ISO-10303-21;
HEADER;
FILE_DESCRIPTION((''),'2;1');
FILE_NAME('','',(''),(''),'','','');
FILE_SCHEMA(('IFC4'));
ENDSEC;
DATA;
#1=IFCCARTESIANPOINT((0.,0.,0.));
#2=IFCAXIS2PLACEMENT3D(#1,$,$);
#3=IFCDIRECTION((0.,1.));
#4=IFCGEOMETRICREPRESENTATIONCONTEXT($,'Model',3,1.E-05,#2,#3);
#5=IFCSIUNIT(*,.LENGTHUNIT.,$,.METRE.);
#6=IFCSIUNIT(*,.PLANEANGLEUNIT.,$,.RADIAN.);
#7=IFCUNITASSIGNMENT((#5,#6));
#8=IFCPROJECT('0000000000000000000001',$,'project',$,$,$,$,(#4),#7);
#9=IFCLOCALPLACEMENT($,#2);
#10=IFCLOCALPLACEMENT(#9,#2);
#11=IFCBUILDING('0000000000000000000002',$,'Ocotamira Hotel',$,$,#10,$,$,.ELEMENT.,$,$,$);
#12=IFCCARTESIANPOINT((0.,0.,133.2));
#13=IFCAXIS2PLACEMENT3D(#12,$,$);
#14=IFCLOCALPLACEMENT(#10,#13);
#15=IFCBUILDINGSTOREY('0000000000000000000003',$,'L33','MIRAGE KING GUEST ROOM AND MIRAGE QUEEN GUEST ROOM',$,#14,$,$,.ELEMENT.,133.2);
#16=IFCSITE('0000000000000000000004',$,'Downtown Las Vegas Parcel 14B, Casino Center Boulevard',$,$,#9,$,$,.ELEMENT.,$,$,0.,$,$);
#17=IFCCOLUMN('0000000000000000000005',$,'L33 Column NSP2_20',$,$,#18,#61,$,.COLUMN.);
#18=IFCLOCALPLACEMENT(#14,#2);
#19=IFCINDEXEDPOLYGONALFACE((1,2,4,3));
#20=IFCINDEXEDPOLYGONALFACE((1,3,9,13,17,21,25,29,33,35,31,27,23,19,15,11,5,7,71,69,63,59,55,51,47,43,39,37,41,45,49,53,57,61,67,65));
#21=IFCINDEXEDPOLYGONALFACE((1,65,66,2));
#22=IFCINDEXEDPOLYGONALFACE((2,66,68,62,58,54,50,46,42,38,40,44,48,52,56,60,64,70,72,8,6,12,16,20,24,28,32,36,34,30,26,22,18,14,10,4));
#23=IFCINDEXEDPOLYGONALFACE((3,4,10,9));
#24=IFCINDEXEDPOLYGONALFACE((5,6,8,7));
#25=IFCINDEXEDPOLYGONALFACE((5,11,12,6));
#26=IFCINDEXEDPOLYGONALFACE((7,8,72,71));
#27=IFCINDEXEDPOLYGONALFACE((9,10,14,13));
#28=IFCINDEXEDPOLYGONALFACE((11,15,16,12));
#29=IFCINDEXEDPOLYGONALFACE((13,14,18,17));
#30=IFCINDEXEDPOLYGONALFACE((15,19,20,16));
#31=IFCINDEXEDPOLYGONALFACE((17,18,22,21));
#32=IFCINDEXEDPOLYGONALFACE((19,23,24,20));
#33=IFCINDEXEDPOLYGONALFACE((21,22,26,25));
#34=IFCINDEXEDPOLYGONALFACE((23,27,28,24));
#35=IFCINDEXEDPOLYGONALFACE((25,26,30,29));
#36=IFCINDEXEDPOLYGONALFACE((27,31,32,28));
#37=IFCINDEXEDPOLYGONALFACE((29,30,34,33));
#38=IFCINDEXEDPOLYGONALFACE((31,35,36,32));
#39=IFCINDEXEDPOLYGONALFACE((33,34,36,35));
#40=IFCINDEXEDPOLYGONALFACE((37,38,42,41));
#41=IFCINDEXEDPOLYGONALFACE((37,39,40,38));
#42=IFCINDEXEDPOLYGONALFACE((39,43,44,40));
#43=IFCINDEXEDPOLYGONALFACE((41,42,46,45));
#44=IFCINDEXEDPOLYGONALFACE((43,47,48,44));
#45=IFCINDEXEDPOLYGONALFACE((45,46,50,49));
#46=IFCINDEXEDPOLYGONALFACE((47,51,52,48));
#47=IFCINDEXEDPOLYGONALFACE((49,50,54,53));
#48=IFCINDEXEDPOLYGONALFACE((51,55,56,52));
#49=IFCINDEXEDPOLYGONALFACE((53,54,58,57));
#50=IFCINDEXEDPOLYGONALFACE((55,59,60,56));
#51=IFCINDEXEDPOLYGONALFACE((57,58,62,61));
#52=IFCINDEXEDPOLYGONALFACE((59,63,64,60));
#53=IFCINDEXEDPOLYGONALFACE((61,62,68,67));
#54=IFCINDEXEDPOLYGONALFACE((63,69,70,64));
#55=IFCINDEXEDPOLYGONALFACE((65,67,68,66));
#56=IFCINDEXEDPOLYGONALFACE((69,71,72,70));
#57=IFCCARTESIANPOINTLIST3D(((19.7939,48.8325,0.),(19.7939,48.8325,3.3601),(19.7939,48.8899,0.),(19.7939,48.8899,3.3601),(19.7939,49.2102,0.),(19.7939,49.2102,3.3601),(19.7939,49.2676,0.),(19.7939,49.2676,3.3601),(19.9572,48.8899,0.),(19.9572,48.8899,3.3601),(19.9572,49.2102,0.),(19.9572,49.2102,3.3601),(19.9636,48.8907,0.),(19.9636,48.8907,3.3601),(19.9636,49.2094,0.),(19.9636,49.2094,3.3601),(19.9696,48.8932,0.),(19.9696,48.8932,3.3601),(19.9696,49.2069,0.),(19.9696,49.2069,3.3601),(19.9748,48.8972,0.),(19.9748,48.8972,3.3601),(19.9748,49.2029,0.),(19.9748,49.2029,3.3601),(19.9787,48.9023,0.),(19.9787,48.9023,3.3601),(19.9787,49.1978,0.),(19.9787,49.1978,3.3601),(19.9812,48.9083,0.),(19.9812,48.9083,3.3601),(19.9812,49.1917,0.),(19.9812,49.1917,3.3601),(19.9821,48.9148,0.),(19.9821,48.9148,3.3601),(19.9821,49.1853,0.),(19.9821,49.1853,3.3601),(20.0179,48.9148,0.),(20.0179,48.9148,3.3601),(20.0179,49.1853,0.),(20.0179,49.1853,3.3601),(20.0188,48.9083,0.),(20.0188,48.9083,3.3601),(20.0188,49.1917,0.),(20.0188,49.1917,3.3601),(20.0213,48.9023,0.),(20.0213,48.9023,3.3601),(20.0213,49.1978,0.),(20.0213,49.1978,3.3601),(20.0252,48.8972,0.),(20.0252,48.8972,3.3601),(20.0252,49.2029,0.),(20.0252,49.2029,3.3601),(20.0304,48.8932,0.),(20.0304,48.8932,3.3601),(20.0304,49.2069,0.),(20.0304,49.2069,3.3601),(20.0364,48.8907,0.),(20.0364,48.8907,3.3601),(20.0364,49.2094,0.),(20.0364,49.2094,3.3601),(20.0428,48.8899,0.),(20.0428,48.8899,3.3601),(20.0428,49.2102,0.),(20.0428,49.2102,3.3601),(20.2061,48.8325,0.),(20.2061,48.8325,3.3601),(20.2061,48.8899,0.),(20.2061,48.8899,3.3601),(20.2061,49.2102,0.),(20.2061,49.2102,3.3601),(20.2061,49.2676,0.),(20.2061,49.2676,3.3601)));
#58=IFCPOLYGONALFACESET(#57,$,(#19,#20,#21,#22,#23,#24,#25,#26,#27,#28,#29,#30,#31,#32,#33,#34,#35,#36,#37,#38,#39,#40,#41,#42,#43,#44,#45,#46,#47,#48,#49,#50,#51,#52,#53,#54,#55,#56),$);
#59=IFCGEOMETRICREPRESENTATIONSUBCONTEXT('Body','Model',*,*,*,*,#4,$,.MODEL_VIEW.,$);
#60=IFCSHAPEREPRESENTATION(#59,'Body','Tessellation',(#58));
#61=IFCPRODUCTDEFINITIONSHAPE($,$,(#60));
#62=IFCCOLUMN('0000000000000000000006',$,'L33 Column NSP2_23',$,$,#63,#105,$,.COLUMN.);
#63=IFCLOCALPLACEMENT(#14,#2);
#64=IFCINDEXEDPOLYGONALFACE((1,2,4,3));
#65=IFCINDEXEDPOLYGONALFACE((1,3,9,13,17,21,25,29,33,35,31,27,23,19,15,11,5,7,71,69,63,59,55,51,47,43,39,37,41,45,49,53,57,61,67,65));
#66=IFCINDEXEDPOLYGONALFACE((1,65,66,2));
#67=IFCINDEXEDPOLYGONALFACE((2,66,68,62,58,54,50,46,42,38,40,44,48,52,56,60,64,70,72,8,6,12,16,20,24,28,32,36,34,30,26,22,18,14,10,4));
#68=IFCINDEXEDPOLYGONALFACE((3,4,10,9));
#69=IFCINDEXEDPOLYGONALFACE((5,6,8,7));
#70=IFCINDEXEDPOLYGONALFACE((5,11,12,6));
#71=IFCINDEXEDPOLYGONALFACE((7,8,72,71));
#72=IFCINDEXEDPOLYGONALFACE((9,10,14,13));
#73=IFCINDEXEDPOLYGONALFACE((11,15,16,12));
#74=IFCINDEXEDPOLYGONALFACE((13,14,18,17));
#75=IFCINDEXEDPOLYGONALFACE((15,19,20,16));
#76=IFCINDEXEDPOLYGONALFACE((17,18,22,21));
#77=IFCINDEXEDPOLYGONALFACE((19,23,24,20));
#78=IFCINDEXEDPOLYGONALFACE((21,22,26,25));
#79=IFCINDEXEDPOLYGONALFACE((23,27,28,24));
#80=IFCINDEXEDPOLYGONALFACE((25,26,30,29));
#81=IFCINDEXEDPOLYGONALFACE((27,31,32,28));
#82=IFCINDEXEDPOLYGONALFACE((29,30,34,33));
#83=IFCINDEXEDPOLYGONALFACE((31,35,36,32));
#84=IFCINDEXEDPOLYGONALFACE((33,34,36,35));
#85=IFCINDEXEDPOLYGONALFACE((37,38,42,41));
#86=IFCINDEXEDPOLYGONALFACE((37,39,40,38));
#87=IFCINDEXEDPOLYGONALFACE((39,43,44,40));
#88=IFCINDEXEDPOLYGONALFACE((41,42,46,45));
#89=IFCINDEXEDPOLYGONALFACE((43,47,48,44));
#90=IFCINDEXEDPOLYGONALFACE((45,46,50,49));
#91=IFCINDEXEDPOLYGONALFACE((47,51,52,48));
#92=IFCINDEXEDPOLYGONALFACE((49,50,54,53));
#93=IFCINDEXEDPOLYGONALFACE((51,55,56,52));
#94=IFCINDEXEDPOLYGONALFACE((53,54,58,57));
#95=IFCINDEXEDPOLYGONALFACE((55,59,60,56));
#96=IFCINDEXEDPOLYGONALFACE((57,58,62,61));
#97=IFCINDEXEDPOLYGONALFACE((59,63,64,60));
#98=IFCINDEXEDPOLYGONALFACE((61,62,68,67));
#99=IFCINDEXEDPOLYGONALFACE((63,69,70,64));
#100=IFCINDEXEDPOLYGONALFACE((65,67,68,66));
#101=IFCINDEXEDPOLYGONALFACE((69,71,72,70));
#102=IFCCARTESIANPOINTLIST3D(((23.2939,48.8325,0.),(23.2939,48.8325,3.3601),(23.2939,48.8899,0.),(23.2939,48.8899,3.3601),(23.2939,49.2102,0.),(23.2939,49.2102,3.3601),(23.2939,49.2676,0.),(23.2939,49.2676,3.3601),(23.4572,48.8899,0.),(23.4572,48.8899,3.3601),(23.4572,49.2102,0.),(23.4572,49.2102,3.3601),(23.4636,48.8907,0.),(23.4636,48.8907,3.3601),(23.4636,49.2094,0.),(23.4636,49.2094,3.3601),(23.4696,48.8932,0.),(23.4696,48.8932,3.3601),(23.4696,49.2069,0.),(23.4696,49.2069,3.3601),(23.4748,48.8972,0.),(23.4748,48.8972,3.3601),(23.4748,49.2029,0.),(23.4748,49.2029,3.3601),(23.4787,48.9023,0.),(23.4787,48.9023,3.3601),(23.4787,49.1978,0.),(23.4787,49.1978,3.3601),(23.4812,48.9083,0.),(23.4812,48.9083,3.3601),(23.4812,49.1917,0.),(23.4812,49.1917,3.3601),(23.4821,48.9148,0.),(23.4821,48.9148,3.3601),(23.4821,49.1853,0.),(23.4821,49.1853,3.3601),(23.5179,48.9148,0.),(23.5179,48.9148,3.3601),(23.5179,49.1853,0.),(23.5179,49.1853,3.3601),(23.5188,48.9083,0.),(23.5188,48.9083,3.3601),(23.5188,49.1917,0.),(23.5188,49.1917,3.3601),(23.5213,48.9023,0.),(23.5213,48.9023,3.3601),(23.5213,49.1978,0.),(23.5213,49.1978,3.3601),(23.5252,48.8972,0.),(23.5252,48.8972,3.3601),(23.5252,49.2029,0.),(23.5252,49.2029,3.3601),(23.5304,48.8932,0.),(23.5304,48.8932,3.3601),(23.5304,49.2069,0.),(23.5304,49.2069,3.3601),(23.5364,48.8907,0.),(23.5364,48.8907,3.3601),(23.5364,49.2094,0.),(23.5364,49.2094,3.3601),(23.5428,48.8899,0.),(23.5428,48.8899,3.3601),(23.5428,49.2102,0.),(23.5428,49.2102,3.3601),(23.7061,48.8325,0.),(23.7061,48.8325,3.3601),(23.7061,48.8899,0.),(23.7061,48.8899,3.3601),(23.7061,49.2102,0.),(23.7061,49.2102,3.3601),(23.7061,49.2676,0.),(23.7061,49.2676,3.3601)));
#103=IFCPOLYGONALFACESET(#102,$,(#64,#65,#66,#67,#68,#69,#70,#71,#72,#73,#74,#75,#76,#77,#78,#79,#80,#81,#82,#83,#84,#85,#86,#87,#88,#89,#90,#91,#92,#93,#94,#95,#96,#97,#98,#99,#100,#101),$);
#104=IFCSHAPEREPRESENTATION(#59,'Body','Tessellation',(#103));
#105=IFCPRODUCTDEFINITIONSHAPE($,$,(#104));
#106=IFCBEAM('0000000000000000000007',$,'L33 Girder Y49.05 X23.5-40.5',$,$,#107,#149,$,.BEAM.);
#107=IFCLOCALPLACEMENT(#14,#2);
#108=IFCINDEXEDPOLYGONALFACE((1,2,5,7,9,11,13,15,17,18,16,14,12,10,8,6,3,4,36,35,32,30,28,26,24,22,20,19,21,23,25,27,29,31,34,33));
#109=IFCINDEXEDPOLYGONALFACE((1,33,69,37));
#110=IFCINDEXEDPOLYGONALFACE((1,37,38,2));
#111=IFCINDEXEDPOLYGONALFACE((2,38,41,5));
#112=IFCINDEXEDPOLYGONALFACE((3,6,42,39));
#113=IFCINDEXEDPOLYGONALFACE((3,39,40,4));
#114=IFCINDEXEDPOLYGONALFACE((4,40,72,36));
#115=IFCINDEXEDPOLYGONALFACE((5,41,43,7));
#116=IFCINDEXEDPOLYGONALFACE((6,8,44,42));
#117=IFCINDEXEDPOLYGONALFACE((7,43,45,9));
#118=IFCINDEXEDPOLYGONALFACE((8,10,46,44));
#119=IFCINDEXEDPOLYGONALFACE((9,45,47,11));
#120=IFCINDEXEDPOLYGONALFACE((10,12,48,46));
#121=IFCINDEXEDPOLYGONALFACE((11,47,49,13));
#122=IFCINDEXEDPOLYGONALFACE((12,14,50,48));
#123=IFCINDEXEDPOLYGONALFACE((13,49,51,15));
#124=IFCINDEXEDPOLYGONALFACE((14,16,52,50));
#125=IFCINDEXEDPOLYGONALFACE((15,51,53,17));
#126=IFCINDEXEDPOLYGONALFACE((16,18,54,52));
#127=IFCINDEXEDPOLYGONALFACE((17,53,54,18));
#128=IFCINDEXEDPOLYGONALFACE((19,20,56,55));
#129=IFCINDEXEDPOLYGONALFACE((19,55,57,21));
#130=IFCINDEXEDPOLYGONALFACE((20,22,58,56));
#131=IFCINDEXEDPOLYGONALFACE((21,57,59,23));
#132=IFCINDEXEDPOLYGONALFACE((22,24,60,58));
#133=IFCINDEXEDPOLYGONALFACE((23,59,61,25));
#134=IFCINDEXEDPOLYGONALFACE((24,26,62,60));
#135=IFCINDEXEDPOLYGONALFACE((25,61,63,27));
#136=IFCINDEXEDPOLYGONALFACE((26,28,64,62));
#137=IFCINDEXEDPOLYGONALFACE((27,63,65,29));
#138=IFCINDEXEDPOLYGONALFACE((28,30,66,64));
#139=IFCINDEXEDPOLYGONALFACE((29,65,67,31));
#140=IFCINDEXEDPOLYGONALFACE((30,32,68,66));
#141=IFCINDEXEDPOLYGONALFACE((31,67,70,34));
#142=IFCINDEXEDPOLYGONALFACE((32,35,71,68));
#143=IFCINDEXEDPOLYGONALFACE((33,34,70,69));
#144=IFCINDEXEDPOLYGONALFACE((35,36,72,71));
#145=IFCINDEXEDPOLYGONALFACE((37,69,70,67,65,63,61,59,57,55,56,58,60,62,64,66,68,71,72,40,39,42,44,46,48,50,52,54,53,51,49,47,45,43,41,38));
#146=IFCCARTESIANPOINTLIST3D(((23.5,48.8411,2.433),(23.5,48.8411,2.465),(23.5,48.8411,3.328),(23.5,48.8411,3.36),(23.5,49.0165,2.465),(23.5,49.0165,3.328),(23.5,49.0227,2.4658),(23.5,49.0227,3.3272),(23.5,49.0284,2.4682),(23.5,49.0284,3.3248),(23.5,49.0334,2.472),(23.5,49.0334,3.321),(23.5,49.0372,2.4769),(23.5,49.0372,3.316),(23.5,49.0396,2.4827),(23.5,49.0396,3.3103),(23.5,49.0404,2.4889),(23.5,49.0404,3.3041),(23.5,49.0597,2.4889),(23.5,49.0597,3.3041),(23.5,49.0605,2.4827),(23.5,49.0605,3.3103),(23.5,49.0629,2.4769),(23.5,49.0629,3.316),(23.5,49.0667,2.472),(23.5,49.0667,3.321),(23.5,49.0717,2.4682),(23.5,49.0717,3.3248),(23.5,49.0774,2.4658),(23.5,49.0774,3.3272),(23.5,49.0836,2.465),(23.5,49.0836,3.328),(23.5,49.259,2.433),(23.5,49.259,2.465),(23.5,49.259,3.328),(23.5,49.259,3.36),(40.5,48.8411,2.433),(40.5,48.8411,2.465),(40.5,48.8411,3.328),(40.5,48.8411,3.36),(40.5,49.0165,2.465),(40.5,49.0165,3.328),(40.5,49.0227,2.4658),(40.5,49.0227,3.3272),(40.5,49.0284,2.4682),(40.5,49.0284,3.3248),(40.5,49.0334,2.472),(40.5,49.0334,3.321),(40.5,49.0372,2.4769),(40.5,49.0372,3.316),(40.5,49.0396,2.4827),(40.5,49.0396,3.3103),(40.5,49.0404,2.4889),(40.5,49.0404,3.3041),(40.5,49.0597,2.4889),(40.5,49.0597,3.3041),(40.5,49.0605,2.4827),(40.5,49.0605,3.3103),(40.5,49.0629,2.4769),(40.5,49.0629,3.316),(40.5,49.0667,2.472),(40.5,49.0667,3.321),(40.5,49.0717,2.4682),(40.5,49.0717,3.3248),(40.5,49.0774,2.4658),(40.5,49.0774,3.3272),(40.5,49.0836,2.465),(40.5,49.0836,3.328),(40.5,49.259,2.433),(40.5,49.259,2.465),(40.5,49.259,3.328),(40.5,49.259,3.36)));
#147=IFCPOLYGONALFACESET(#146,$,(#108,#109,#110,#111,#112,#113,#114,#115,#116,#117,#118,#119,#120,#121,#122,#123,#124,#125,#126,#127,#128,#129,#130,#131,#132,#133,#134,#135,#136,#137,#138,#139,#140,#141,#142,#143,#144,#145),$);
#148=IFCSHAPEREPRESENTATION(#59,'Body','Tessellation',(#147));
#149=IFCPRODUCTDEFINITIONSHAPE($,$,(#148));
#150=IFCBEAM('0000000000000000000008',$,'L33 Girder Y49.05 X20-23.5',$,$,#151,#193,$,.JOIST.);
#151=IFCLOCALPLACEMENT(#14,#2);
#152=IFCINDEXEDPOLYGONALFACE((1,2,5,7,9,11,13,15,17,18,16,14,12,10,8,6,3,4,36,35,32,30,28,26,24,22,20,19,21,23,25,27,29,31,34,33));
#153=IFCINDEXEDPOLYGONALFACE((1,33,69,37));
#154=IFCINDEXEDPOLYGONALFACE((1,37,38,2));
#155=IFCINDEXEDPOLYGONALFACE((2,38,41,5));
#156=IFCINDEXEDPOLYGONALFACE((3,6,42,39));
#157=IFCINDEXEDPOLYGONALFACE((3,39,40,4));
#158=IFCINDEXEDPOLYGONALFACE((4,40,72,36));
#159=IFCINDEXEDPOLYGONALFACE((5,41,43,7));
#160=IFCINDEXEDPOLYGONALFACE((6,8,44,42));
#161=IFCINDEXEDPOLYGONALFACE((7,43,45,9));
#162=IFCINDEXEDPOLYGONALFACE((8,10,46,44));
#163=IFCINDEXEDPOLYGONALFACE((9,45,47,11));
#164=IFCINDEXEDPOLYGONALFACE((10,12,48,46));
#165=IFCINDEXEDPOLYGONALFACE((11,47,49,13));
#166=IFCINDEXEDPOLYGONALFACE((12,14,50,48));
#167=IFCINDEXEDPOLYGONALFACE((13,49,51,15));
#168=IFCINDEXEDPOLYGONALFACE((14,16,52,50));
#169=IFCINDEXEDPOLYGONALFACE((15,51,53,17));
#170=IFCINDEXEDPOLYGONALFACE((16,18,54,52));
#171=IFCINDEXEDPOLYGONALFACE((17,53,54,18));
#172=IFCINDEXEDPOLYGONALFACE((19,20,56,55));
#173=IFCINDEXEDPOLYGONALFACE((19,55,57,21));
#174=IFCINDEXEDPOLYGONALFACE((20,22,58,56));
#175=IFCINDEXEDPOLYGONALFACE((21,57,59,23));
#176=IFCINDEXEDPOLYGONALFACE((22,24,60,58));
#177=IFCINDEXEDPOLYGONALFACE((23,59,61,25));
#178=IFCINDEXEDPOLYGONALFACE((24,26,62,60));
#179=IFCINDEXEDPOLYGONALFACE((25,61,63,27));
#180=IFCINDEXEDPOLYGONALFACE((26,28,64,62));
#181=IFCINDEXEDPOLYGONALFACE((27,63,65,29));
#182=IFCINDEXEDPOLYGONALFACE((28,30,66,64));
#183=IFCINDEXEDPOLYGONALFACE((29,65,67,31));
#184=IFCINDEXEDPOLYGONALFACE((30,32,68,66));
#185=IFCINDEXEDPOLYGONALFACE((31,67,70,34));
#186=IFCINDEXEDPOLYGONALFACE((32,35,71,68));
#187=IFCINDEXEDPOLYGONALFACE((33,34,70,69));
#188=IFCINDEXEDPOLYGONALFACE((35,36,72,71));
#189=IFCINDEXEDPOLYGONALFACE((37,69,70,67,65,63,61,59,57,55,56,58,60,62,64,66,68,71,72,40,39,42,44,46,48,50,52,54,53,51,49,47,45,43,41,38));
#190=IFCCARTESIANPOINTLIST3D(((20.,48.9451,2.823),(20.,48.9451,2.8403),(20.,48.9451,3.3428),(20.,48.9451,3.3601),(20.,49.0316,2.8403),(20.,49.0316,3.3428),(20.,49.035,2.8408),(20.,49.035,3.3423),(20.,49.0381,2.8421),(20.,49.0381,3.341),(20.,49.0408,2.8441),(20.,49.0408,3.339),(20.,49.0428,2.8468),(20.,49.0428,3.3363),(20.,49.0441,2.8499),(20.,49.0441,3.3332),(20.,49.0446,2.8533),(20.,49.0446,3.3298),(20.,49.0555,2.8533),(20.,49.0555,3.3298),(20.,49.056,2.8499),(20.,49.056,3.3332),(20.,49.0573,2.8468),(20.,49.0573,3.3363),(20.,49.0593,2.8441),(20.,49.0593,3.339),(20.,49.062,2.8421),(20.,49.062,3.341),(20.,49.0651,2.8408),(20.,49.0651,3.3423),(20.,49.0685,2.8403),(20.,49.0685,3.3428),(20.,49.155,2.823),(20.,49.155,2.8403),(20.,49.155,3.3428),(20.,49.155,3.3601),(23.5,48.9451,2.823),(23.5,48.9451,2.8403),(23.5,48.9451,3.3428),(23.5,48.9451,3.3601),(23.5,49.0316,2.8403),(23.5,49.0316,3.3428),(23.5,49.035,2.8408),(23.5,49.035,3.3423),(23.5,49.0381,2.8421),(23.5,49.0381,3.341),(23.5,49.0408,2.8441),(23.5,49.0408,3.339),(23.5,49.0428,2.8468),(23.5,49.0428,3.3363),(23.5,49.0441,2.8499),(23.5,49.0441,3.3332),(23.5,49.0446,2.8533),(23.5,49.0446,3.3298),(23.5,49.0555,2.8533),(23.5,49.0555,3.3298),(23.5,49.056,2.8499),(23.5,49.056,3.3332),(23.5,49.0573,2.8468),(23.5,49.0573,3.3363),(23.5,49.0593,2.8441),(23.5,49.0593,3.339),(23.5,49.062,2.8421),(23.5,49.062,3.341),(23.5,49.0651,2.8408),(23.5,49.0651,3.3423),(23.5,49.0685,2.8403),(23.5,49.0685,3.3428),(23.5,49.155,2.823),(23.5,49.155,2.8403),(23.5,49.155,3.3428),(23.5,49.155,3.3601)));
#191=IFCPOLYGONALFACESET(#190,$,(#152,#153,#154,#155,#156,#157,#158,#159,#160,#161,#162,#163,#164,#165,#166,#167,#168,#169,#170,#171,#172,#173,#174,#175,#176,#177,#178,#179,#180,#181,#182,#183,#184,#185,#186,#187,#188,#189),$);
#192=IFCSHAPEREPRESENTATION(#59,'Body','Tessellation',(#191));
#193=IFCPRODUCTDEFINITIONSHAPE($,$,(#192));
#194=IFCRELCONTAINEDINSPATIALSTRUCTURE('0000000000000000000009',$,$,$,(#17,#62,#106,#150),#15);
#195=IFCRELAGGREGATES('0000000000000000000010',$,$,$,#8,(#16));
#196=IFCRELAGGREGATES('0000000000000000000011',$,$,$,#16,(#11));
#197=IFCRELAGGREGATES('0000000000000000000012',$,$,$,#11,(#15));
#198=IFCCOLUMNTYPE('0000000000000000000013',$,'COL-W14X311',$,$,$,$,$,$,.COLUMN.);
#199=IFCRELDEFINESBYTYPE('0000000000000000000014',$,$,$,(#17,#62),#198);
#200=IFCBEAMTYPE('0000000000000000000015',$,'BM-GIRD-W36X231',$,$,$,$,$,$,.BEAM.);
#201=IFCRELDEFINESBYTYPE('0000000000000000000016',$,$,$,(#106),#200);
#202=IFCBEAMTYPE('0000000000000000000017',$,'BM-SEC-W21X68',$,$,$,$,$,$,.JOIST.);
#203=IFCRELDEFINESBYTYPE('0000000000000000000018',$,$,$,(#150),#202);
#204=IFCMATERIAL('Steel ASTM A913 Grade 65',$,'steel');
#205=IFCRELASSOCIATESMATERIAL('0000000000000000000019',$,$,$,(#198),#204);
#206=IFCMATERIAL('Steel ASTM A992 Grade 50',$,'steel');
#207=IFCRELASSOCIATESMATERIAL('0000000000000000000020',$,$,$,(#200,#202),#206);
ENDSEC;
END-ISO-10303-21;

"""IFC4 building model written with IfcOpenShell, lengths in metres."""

from ifc_helpers import new_model, si_unit, direction, frame, origin, origin_2d, place, context, subcontext, project, spatial, i_section, extrude, source, transform, mapped, material, material_profile, profile_set, type_object, element, save


model = new_model("IFC4")

# Units and contexts
model_context = context("Model", 3, precision=1e-05, world=origin(), true_north=direction((0.0, 1.0)))
body_context = subcontext(model_context, "Body", "Model", "MODEL_VIEW")
ifc_project = project(units=[si_unit("LENGTHUNIT", "METRE"), si_unit("PLANEANGLEUNIT", "RADIAN")], contexts=[model_context])

# Site, building, storey
site_placement = place(None, origin())
site = spatial("IfcSite", under=ifc_project, at=site_placement, Name="Downtown Las Vegas Parcel 14B, Casino Center Boulevard", CompositionType="ELEMENT", RefElevation=0.0)
building_placement = place(site_placement, origin())
building = spatial("IfcBuilding", under=site, at=building_placement, Name="Ocotamira Hotel", CompositionType="ELEMENT")
storey_placement = place(building_placement, frame((0.0, 0.0, 133.2)))
storey = spatial("IfcBuildingStorey", under=building, at=storey_placement, Name="L33", Description="MIRAGE KING GUEST ROOM AND MIRAGE QUEEN GUEST ROOM", CompositionType="ELEMENT", Elevation=133.2)

# Columns
ifc_material_1 = material(Name="Steel ASTM A913 Grade 65", Category="steel")
ifc_material_profile_1 = material_profile(ifc_material_1, i_section(OverallWidth=0.4121, OverallDepth=0.4351, WebThickness=0.0359, FlangeThickness=0.0574, FilletRadius=0.0249, at=origin_2d()), Name="W14X311")
ifc_profile_set_1 = profile_set([ifc_material_profile_1], Name="Steel ASTM A913 Grade 65")
column_type = type_object("IfcColumnType", Name="COL-W14X311", PredefinedType="COLUMN", material=ifc_profile_set_1)
shared_shape_1 = source(origin(), body_context, "Body", "SweptSolid", [
    extrude(i_section(OverallWidth=0.4121, OverallDepth=0.4351, WebThickness=0.0359, FlangeThickness=0.0574, FilletRadius=0.0249, at=origin_2d()), origin(), (0.0, 0.0, 1.0), 3.3601),
])
for number, where, z_axis, x_axis, name in (
    (1, (20.0, 49.05, 0.0), (0.0, 0.0, 1.0), (1.0, 0.0, 0.0), "L33 Column NSP2_20"),
    (2, (23.5, 49.05, 0.0), (0.0, 0.0, 1.0), (1.0, 0.0, 0.0), "L33 Column NSP2_23"),
):
    element("IfcColumn", number, at=place(storey_placement, frame(where, z_axis=z_axis, x_axis=x_axis)), inside=storey, type_object=column_type, Name=name, PredefinedType="COLUMN", context=body_context, shape_type="MappedRepresentation", body=[
        mapped(shared_shape_1, transform((0.0, 0.0, 0.0), scale=1.0)),
    ])

# Beams
ifc_material_2 = material(Name="Steel ASTM A992 Grade 50", Category="steel")
ifc_material_profile_2 = material_profile(ifc_material_2, i_section(OverallWidth=0.418, OverallDepth=0.927, WebThickness=0.0193, FlangeThickness=0.032, FilletRadius=0.0239, at=origin_2d()), Name="W36X231")
ifc_profile_set_2 = profile_set([ifc_material_profile_2], Name="Steel ASTM A992 Grade 50")
beam_type_1 = type_object("IfcBeamType", Name="BM-GIRD-W36X231", PredefinedType="BEAM", material=ifc_profile_set_2)
shared_shape_2 = source(origin(), body_context, "Body", "SweptSolid", [
    extrude(i_section(OverallWidth=0.418, OverallDepth=0.927, WebThickness=0.0193, FlangeThickness=0.032, FilletRadius=0.0239, at=origin_2d()), origin(), (0.0, 0.0, 1.0), 17.0),
])
beam_1_placement = place(storey_placement, frame((23.5, 49.05, 2.8965), z_axis=(1.0, 0.0, 0.0), x_axis=(0.0, 1.0, 0.0)))
element("IfcBeam", 3, at=beam_1_placement, inside=storey, type_object=beam_type_1, Name="L33 Girder Y49.05 X23.5-40.5", PredefinedType="BEAM", context=body_context, shape_type="MappedRepresentation", body=[
    mapped(shared_shape_2, transform((0.0, 0.0, 0.0), scale=1.0)),
])
ifc_material_profile_3 = material_profile(ifc_material_2, i_section(OverallWidth=0.21, OverallDepth=0.5371, WebThickness=0.011, FlangeThickness=0.0173, FilletRadius=0.0129, at=origin_2d()), Name="W21X68")
ifc_profile_set_3 = profile_set([ifc_material_profile_3], Name="Steel ASTM A992 Grade 50")
beam_type_2 = type_object("IfcBeamType", Name="BM-SEC-W21X68", PredefinedType="JOIST", material=ifc_profile_set_3)
shared_shape_3 = source(origin(), body_context, "Body", "SweptSolid", [
    extrude(i_section(OverallWidth=0.21, OverallDepth=0.5371, WebThickness=0.011, FlangeThickness=0.0173, FilletRadius=0.0129, at=origin_2d()), origin(), (0.0, 0.0, 1.0), 3.5),
])
beam_2_placement = place(storey_placement, frame((20.0, 49.05, 3.0916), z_axis=(1.0, 0.0, 0.0), x_axis=(0.0, 1.0, 0.0)))
element("IfcBeam", 4, at=beam_2_placement, inside=storey, type_object=beam_type_2, Name="L33 Girder Y49.05 X20-23.5", PredefinedType="JOIST", context=body_context, shape_type="MappedRepresentation", body=[
    mapped(shared_shape_3, transform((0.0, 0.0, 0.0), scale=1.0)),
])

save(model, "model.ifc")
